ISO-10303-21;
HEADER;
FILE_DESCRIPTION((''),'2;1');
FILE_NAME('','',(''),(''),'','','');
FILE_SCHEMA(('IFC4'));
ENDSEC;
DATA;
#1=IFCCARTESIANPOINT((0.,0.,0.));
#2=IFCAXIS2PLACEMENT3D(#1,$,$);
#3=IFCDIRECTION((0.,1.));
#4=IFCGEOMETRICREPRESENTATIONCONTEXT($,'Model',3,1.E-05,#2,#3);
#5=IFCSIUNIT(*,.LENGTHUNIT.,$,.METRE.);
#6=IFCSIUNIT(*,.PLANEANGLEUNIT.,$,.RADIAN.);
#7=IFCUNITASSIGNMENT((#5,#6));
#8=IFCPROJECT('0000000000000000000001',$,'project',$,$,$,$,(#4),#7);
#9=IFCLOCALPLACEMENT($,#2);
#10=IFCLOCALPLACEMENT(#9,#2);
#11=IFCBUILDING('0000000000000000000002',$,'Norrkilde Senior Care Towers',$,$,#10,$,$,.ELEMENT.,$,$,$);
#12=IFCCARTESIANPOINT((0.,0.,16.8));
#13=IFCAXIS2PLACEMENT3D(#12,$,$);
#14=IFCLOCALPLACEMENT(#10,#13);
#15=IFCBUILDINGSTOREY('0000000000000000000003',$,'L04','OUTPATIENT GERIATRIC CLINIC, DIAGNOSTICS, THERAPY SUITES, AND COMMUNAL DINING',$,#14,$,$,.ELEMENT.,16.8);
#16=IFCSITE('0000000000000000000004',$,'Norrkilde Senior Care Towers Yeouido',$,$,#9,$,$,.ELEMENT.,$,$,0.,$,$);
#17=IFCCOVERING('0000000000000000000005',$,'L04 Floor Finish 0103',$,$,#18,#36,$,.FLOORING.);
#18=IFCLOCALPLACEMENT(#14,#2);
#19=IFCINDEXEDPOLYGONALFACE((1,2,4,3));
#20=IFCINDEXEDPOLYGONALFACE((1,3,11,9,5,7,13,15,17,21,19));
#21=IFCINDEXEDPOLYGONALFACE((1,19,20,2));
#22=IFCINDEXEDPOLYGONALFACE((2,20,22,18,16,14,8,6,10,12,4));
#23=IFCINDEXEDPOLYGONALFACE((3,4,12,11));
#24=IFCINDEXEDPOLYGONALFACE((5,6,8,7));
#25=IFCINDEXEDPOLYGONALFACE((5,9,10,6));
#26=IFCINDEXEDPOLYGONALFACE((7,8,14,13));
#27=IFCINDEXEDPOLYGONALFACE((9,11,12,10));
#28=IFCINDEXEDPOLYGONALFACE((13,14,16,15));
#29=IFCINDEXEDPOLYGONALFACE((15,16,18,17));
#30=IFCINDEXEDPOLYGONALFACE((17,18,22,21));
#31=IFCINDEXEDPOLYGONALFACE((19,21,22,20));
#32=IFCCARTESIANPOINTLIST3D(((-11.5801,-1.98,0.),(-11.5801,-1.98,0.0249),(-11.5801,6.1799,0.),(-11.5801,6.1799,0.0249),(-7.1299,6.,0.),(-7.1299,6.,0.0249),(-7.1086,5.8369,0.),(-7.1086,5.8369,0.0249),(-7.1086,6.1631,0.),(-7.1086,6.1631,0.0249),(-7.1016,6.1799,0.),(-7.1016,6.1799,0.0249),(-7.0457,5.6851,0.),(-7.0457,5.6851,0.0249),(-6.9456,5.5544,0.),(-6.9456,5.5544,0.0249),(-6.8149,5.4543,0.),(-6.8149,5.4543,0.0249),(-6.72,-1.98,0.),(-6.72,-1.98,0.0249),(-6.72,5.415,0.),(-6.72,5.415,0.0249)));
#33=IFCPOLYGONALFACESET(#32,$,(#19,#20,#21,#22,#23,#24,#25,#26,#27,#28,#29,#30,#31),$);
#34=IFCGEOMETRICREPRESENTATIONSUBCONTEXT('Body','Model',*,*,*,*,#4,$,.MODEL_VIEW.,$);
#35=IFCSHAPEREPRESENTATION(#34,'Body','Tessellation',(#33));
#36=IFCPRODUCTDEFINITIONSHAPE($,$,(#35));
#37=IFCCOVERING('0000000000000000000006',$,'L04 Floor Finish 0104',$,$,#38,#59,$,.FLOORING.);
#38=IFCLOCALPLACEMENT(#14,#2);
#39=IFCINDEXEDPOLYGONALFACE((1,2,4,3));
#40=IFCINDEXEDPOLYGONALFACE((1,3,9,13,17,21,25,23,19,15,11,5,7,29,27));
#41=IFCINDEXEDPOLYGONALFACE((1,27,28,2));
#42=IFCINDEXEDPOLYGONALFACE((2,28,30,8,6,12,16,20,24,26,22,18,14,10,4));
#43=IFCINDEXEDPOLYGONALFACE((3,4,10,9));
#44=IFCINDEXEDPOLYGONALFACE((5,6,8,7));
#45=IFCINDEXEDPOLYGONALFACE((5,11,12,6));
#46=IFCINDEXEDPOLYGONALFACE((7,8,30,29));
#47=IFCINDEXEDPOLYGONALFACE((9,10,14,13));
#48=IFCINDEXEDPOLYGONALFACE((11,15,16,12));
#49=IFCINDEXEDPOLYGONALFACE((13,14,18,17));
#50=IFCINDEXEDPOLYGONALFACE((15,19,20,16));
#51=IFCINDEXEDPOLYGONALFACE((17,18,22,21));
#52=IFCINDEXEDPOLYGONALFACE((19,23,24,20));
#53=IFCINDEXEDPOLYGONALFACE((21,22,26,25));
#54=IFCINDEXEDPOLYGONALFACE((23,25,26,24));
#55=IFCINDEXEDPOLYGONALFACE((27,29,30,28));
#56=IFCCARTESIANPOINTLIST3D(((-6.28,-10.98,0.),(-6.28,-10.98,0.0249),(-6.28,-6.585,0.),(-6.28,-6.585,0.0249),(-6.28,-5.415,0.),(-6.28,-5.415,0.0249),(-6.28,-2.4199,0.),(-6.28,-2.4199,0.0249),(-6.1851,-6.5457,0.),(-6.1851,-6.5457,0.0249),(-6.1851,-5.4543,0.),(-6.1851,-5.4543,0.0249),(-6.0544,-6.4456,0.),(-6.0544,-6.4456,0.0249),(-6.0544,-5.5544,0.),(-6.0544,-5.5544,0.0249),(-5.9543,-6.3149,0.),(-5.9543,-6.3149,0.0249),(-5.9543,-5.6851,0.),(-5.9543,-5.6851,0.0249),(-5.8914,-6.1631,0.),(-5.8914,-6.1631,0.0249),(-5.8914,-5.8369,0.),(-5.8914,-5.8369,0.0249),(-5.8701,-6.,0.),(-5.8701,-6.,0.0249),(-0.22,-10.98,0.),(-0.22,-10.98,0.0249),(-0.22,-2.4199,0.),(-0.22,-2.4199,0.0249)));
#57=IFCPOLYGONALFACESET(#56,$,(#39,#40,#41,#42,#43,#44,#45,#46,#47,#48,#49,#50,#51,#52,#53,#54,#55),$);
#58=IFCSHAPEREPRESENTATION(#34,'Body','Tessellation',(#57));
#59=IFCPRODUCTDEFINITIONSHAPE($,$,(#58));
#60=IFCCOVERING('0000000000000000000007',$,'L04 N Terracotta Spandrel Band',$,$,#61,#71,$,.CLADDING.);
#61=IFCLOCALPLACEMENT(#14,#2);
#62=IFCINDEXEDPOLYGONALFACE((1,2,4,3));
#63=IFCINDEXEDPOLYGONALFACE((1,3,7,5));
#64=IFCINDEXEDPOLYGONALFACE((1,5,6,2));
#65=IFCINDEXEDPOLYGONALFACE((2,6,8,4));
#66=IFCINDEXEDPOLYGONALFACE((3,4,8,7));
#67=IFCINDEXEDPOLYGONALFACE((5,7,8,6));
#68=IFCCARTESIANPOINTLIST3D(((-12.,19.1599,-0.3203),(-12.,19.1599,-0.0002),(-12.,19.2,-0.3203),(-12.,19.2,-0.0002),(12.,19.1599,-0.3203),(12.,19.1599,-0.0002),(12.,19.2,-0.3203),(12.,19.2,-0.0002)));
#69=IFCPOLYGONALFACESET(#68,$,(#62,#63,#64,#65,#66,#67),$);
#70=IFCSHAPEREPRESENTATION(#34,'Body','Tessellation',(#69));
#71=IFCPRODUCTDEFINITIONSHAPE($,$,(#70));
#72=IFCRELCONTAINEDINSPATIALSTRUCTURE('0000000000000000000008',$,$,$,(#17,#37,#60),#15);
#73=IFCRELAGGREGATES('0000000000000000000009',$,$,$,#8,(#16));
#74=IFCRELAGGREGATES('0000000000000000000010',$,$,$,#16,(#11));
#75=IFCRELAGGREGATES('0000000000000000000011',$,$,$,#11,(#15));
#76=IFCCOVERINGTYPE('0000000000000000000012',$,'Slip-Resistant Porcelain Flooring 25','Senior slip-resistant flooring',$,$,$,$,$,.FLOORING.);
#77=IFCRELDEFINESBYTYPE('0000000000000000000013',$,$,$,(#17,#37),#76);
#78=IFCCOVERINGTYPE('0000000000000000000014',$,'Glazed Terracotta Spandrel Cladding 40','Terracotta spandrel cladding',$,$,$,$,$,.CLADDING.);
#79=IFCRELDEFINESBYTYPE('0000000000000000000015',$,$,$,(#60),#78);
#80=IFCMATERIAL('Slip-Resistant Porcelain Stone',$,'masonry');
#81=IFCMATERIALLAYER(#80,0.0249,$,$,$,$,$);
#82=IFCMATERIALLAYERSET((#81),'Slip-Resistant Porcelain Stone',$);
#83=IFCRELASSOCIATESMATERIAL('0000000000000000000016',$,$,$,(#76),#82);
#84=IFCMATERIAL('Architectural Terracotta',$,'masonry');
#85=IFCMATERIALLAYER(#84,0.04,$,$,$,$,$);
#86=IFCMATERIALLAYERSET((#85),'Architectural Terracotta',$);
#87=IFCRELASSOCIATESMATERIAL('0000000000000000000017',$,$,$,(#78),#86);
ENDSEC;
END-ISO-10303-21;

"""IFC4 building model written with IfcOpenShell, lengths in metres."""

from ifc_helpers import new_model, si_unit, direction, frame, origin, origin_2d, place, context, subcontext, project, spatial, polyline, rectangle, outline, extrude, source, transform, mapped, material, layer, layer_set, type_object, type_shapes, element, save


model = new_model("IFC4")

# Units and contexts
model_context = context("Model", 3, precision=1e-05, world=origin(), true_north=direction((0.0, 1.0)))
body_context = subcontext(model_context, "Body", "Model", "MODEL_VIEW")
ifc_project = project(units=[si_unit("LENGTHUNIT", "METRE"), si_unit("PLANEANGLEUNIT", "RADIAN")], contexts=[model_context])

# Site, building, storey
site_placement = place(None, origin())
site = spatial("IfcSite", under=ifc_project, at=site_placement, Name="Norrkilde Senior Care Towers Yeouido", CompositionType="ELEMENT", RefElevation=0.0)
building_placement = place(site_placement, origin())
building = spatial("IfcBuilding", under=site, at=building_placement, Name="Norrkilde Senior Care Towers", CompositionType="ELEMENT")
storey_placement = place(building_placement, frame((0.0, 0.0, 16.8)))
storey = spatial("IfcBuildingStorey", under=building, at=storey_placement, Name="L04", Description="OUTPATIENT GERIATRIC CLINIC, DIAGNOSTICS, THERAPY SUITES, AND COMMUNAL DINING", CompositionType="ELEMENT", Elevation=16.8)

# Coverings
ifc_material_1 = material(Name="Slip-Resistant Porcelain Stone", Category="masonry")
ifc_layer_1 = layer(ifc_material_1, 0.0249)
ifc_layer_set_1 = layer_set([ifc_layer_1], Name="Slip-Resistant Porcelain Stone")
covering_type_1 = type_object("IfcCoveringType", Name="Slip-Resistant Porcelain Flooring 25", Description="Senior slip-resistant flooring", PredefinedType="FLOORING", material=ifc_layer_set_1)
covering_1_placement = place(storey_placement, origin())
element("IfcCovering", 1, at=covering_1_placement, inside=storey, type_object=covering_type_1, Name="L04 Floor Finish 0103", PredefinedType="FLOORING", context=body_context, shape_type="SweptSolid", body=[
    extrude(outline(polyline([(-6.72, -1.98), (-11.5801, -1.98), (-11.5801, 6.1799), (-7.1016, 6.1799), (-7.1086, 6.1631), (-7.1299, 6.0), (-7.1086, 5.8369), (-7.0457, 5.6851), (-6.9456, 5.5544), (-6.8149, 5.4543), (-6.72, 5.415), (-6.72, -1.98)])), origin(), (0.0, 0.0, 1.0), 0.0249),
])
covering_2_placement = place(storey_placement, origin())
element("IfcCovering", 2, at=covering_2_placement, inside=storey, type_object=covering_type_1, Name="L04 Floor Finish 0104", PredefinedType="FLOORING", context=body_context, shape_type="SweptSolid", body=[
    extrude(outline(polyline([(-0.22, -10.98), (-6.28, -10.98), (-6.28, -6.585), (-6.1851, -6.5457), (-6.0544, -6.4456), (-5.9543, -6.3149), (-5.8914, -6.1631), (-5.8701, -6.0), (-5.8914, -5.8369), (-5.9543, -5.6851), (-6.0544, -5.5544), (-6.1851, -5.4543), (-6.28, -5.415), (-6.28, -2.4199), (-0.22, -2.4199), (-0.22, -10.98)])), origin(), (0.0, 0.0, 1.0), 0.0249),
])
ifc_material_2 = material(Name="Architectural Terracotta", Category="masonry")
ifc_layer_2 = layer(ifc_material_2, 0.04)
ifc_layer_set_2 = layer_set([ifc_layer_2], Name="Architectural Terracotta")
covering_type_2 = type_object("IfcCoveringType", Name="Glazed Terracotta Spandrel Cladding 40", Description="Terracotta spandrel cladding", PredefinedType="CLADDING", material=ifc_layer_set_2)
shared_shape = source(origin(), body_context, "Body", "SweptSolid", [
    extrude(rectangle(XDim=24.0, YDim=0.04, at=origin_2d()), origin(), (0.0, 0.0, 1.0), 0.3201),
])
type_shapes(covering_type_2, [shared_shape])
covering_3_placement = place(storey_placement, frame((0.0, 19.1799, -0.3203), z_axis=(0.0, 0.0, 1.0), x_axis=(1.0, 0.0, 0.0)))
element("IfcCovering", 3, at=covering_3_placement, inside=storey, type_object=covering_type_2, Name="L04 N Terracotta Spandrel Band", PredefinedType="CLADDING", context=body_context, shape_type="MappedRepresentation", body=[
    mapped(shared_shape, transform((0.0, 0.0, 0.0), x_axis=(1.0, 0.0, 0.0), y_axis=(0.0, 1.0, 0.0), z_axis=(0.0, 0.0, 1.0), scale=1.0)),
])

save(model, "model.ifc")
